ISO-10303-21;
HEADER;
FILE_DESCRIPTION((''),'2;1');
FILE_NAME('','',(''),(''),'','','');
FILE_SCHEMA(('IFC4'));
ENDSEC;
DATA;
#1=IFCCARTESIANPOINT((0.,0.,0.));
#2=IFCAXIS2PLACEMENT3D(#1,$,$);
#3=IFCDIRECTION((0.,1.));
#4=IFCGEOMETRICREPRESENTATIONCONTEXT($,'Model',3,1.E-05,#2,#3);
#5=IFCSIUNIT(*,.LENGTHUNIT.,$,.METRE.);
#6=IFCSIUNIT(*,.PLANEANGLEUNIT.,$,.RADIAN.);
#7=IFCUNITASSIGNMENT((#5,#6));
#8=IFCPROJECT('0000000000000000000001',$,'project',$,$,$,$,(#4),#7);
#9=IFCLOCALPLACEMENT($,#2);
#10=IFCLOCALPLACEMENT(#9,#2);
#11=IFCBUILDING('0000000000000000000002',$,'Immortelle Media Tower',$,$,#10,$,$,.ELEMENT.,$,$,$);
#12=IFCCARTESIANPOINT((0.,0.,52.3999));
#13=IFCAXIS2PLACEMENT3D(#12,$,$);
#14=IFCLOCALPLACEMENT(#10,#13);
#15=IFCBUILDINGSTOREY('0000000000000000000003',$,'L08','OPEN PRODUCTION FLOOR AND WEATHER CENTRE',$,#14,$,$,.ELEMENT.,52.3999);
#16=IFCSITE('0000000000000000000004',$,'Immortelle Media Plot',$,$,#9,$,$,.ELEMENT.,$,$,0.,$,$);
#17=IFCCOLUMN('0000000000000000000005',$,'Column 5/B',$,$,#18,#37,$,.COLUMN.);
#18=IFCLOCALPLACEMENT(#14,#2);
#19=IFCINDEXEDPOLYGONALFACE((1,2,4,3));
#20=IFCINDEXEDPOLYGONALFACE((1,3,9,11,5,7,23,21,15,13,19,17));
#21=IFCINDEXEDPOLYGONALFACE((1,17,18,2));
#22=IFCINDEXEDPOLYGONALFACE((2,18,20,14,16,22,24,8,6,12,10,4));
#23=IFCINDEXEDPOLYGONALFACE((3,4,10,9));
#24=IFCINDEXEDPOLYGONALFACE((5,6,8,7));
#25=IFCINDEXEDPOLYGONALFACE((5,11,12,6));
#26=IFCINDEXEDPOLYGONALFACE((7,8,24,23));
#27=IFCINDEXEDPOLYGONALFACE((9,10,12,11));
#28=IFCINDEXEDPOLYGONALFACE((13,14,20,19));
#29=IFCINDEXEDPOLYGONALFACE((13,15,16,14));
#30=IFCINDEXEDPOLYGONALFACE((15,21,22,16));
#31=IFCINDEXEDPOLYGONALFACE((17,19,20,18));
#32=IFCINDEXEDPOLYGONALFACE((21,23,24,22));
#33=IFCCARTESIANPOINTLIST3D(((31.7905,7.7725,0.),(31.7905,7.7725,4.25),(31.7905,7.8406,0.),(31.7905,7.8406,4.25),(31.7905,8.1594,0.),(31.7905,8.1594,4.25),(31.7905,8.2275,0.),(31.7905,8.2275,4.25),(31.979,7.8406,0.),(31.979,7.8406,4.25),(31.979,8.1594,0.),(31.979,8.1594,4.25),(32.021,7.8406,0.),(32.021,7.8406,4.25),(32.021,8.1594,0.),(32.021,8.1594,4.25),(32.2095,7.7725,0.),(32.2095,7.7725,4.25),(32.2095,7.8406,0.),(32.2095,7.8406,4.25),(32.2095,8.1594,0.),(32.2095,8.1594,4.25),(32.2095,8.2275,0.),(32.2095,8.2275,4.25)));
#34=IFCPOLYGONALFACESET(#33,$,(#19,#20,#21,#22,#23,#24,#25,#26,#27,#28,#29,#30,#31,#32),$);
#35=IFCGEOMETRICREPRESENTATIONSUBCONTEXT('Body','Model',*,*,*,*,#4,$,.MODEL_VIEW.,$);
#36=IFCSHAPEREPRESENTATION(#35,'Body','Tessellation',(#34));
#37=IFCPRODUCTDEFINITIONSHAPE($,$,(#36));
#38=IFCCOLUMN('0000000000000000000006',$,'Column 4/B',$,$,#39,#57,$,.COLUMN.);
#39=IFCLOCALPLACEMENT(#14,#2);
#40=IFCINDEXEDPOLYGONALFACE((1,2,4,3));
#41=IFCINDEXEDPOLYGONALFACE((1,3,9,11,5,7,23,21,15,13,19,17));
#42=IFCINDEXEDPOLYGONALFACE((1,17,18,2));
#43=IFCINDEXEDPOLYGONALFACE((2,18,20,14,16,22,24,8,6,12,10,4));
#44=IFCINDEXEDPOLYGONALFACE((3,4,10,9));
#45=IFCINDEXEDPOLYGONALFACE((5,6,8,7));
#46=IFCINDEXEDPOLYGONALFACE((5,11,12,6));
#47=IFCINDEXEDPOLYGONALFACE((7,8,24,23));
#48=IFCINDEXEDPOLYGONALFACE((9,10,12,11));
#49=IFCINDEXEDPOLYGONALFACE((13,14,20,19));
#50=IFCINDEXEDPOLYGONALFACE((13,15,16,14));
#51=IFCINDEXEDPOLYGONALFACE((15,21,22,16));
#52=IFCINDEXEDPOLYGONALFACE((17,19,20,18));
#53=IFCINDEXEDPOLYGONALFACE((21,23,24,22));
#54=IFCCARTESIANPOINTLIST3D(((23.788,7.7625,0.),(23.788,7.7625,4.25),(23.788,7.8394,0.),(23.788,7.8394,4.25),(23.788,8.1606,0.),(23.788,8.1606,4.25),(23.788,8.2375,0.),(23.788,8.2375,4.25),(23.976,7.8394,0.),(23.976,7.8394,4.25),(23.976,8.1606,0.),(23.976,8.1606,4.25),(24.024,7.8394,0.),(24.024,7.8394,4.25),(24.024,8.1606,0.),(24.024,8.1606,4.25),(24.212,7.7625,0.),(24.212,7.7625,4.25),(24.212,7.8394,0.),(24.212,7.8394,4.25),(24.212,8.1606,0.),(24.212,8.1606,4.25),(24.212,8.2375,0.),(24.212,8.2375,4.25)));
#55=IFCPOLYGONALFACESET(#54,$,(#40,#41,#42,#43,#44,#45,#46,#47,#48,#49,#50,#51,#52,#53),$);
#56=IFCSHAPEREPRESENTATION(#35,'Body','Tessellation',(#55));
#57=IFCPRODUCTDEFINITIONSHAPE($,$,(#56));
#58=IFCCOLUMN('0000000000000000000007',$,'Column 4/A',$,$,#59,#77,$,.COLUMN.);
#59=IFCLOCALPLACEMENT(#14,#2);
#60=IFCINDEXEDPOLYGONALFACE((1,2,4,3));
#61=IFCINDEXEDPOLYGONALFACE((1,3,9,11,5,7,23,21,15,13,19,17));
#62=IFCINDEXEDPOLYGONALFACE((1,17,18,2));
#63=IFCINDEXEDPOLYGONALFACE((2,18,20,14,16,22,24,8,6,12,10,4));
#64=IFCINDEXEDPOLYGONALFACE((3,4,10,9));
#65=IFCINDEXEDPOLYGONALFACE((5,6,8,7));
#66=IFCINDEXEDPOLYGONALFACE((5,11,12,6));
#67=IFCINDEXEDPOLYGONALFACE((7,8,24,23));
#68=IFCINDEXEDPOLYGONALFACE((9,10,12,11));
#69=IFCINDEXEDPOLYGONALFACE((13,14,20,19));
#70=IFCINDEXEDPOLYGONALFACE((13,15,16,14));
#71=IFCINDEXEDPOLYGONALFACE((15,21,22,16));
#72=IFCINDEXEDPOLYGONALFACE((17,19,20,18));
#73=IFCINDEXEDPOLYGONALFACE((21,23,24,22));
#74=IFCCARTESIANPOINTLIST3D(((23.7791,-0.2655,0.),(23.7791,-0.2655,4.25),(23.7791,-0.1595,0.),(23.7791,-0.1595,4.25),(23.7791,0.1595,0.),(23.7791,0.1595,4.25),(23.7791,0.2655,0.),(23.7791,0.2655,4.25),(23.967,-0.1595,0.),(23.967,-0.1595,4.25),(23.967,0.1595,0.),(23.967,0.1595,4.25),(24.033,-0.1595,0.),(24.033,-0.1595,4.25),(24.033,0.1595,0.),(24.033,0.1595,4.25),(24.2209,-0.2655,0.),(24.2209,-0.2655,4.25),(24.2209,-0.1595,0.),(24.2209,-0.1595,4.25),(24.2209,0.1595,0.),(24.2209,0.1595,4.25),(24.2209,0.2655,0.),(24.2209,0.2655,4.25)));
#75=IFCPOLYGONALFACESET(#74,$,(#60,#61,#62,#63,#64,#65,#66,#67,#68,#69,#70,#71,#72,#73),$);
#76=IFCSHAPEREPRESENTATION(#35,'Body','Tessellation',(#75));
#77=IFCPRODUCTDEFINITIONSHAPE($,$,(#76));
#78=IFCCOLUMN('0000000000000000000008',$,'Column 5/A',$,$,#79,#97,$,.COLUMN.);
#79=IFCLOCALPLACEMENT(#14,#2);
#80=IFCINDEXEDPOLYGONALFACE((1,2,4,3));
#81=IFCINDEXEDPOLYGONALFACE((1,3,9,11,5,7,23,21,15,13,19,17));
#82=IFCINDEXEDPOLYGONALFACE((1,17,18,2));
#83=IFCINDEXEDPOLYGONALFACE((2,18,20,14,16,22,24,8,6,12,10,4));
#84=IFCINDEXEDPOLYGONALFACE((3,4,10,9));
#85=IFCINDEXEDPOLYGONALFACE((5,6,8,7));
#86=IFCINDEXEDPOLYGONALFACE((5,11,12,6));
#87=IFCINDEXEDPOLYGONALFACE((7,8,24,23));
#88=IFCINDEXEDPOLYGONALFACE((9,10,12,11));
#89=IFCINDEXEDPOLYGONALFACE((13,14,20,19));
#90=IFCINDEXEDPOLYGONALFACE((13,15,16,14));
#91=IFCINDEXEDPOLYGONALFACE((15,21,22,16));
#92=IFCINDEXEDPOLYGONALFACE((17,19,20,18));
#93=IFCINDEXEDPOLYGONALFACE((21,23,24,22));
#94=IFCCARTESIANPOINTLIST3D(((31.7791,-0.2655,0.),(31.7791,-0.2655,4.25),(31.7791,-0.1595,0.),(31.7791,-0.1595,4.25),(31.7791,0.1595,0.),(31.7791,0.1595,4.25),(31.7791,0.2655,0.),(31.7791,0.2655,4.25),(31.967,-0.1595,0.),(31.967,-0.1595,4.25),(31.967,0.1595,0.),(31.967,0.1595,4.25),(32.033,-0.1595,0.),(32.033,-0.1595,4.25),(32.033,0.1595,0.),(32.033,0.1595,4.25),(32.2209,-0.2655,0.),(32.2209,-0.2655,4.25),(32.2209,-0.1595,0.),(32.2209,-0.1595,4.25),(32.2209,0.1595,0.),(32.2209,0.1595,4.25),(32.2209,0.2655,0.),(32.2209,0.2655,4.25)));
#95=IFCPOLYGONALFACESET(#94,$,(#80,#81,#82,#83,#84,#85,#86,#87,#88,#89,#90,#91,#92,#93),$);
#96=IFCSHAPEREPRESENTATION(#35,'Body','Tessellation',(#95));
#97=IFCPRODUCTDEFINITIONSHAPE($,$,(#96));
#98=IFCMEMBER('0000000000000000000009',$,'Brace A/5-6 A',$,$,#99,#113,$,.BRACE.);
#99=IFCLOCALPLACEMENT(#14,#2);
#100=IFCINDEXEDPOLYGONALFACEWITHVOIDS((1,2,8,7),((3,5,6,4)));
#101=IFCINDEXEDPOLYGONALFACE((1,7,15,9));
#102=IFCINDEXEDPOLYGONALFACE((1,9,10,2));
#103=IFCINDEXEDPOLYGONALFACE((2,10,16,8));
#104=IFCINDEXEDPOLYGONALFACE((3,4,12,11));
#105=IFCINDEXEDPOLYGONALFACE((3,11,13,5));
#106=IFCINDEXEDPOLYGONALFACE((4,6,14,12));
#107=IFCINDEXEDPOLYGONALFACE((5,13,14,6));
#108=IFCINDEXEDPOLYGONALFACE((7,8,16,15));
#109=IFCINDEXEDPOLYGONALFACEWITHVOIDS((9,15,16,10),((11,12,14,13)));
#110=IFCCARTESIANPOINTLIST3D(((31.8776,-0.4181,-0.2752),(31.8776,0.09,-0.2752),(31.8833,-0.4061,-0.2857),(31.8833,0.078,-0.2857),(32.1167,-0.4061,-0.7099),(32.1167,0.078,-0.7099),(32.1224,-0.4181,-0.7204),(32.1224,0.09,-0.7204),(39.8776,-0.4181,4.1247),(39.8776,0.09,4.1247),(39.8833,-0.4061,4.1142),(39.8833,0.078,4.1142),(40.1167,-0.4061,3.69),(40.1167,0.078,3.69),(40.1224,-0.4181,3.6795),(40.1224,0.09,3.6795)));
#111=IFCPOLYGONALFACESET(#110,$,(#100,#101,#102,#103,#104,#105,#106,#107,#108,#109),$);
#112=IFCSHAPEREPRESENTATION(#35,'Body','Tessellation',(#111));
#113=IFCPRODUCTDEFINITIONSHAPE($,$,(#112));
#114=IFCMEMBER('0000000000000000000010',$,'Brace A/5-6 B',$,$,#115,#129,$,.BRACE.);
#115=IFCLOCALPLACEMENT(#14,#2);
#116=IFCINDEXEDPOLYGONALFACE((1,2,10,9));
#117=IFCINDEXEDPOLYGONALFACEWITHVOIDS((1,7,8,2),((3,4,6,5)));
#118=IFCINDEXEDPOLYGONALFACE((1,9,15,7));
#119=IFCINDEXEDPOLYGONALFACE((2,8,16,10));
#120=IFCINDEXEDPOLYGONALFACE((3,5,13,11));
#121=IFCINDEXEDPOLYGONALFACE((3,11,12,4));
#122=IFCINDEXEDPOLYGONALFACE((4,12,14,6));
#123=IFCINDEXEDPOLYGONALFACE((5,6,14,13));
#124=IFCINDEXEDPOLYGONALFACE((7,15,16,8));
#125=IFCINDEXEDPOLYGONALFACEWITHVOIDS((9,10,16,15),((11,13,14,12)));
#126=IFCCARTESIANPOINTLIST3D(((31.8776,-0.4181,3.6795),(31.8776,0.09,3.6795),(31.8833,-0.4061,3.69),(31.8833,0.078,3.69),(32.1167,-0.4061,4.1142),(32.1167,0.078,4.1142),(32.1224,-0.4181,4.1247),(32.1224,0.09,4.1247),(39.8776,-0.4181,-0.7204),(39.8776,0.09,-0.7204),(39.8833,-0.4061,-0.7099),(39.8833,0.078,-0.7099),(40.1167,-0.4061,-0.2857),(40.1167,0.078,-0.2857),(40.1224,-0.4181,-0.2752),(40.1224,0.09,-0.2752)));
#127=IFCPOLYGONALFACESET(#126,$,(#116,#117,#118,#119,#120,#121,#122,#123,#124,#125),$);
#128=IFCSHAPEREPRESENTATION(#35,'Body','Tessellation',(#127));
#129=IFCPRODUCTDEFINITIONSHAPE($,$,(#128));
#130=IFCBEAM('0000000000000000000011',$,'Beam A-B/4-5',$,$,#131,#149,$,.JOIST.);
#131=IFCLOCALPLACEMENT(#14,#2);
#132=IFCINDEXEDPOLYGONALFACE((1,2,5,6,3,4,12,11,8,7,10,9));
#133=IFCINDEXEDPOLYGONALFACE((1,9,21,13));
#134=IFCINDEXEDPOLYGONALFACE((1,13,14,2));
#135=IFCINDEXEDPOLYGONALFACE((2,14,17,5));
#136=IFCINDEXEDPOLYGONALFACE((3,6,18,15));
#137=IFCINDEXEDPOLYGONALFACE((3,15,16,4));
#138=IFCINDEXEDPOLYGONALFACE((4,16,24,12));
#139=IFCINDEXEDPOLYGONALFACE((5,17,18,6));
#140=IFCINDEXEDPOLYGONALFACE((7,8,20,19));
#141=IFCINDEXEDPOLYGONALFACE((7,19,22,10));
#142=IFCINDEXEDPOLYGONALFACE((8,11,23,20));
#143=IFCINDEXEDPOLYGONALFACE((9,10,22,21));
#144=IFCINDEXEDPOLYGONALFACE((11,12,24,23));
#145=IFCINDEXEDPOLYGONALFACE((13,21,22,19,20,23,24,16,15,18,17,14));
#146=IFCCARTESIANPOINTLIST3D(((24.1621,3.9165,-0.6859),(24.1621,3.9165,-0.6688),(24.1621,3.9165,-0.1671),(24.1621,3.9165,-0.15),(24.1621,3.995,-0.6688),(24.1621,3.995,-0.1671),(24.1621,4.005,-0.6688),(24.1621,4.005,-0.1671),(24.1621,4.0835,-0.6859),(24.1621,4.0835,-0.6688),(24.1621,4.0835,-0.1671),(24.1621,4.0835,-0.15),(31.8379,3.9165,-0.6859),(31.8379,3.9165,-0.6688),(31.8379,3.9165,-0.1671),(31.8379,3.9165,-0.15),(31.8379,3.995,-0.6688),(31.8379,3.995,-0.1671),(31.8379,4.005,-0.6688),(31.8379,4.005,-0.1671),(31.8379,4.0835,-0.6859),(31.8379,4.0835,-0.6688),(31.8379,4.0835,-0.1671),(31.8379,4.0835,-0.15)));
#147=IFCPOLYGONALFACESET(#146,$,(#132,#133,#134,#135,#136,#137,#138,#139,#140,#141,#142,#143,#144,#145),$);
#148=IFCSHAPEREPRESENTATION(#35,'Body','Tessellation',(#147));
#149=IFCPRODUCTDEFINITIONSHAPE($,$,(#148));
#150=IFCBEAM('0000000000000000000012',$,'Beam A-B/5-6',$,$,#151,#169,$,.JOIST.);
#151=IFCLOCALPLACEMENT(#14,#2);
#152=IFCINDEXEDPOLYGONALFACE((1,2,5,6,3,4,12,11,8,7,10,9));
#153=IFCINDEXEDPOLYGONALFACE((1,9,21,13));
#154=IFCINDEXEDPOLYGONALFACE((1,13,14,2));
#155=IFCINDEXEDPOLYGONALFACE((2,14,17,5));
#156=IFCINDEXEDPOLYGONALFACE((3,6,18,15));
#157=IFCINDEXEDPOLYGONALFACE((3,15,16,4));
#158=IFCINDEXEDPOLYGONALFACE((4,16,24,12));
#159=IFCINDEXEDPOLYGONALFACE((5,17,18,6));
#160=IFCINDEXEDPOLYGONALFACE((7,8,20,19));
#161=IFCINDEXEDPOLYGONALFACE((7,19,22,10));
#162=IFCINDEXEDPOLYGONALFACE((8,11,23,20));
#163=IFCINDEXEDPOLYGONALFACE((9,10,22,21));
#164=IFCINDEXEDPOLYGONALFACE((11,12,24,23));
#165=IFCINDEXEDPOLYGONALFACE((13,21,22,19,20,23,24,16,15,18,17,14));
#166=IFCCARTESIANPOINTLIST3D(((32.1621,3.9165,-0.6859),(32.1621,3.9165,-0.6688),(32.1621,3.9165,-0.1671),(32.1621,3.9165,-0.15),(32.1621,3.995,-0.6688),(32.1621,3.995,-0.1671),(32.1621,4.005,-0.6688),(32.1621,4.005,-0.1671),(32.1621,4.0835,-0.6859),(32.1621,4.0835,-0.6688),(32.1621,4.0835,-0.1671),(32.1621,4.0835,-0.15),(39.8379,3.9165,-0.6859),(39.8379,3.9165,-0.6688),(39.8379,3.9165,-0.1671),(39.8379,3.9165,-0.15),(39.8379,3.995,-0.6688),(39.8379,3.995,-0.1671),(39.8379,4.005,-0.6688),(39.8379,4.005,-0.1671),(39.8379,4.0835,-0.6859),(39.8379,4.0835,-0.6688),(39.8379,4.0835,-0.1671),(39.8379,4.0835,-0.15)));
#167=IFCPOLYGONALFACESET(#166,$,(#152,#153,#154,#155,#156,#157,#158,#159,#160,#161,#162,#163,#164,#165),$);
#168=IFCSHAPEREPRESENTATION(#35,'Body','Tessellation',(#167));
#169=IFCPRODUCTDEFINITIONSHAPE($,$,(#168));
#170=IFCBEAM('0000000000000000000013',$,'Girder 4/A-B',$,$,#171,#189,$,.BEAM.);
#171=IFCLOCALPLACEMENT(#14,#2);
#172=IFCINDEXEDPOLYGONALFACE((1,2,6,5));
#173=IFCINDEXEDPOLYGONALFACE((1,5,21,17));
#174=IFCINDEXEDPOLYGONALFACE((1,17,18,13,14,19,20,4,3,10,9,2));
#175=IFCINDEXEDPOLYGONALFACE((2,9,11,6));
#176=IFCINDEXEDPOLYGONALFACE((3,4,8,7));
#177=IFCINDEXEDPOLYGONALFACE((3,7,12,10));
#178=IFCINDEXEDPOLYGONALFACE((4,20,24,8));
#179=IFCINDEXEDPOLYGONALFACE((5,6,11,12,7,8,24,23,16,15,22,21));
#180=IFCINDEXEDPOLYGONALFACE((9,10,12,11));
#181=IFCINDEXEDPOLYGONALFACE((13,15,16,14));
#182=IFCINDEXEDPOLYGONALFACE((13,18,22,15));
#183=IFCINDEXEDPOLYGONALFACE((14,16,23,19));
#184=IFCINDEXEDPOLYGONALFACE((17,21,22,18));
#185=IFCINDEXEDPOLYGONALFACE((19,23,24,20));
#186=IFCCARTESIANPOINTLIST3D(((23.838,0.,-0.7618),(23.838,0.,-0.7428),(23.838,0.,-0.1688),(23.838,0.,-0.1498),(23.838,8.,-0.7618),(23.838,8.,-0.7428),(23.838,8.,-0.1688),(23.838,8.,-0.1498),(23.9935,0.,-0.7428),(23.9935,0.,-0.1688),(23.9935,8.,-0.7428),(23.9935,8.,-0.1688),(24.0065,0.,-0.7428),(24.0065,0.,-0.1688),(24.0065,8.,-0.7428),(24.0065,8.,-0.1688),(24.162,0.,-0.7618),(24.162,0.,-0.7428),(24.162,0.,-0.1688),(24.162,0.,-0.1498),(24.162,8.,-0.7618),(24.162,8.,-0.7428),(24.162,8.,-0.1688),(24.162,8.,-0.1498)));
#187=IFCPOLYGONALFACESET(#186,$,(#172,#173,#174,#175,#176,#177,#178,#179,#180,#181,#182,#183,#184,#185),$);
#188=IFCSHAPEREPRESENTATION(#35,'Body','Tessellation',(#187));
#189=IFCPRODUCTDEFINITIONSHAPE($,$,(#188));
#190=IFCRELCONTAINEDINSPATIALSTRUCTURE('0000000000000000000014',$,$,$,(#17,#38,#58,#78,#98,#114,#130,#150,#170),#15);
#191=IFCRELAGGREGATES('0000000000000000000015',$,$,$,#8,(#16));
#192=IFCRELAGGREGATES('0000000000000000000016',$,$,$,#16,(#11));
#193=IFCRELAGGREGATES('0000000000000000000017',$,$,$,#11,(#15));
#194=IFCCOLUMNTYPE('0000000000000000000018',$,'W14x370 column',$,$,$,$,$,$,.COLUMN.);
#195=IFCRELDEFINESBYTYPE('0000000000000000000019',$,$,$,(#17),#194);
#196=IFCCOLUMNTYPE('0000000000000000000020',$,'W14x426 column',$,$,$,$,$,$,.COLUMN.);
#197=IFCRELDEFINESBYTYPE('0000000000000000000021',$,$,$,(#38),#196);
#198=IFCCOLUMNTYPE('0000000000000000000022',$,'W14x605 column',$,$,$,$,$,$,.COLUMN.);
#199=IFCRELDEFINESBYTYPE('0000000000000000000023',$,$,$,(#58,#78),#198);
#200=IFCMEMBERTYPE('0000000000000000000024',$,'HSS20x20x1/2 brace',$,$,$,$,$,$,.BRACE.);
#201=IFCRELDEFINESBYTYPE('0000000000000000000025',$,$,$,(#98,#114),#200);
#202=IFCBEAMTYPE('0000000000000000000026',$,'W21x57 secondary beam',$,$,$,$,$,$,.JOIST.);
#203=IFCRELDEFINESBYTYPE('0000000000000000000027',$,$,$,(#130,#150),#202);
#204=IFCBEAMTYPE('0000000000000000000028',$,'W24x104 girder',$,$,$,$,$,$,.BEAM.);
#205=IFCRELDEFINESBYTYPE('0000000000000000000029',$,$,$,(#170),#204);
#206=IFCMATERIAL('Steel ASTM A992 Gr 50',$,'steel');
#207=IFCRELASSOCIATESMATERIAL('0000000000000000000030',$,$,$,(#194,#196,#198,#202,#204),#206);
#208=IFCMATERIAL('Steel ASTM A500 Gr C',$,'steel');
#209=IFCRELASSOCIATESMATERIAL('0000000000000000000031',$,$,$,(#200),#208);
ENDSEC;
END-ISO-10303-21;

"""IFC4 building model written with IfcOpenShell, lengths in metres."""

from ifc_helpers import new_model, si_unit, direction, frame, origin, origin_2d, place, context, subcontext, project, spatial, hollow_rectangle, i_section, extrude, material, material_profile, profile_set, type_object, element, save


model = new_model("IFC4")

# Units and contexts
model_context = context("Model", 3, precision=1e-05, world=origin(), true_north=direction((0.0, 1.0)))
body_context = subcontext(model_context, "Body", "Model", "MODEL_VIEW")
ifc_project = project(units=[si_unit("LENGTHUNIT", "METRE"), si_unit("PLANEANGLEUNIT", "RADIAN")], contexts=[model_context])

# Site, building, storey
site_placement = place(None, origin())
site = spatial("IfcSite", under=ifc_project, at=site_placement, Name="Immortelle Media Plot", CompositionType="ELEMENT", RefElevation=0.0)
building_placement = place(site_placement, origin())
building = spatial("IfcBuilding", under=site, at=building_placement, Name="Immortelle Media Tower", CompositionType="ELEMENT")
storey_placement = place(building_placement, frame((0.0, 0.0, 52.3999)))
storey = spatial("IfcBuildingStorey", under=building, at=storey_placement, Name="L08", Description="OPEN PRODUCTION FLOOR AND WEATHER CENTRE", CompositionType="ELEMENT", Elevation=52.3999)

# Columns
ifc_material_1 = material(Name="Steel ASTM A992 Gr 50", Category="steel")
ifc_material_profile_1 = material_profile(ifc_material_1, i_section(OverallWidth=0.4189, OverallDepth=0.4551, WebThickness=0.042, FlangeThickness=0.0681, at=origin_2d()), Name="W14x370")
ifc_profile_set_1 = profile_set([ifc_material_profile_1], Name="Steel ASTM A992 Gr 50")
column_type_1 = type_object("IfcColumnType", Name="W14x370 column", PredefinedType="COLUMN", material=ifc_profile_set_1)
column_1_placement = place(storey_placement, frame((32.0, 8.0, 0.0), z_axis=(0.0, 0.0, 1.0), x_axis=(1.0, 0.0, 0.0)))
element("IfcColumn", 1, at=column_1_placement, inside=storey, type_object=column_type_1, Name="Column 5/B", PredefinedType="COLUMN", context=body_context, shape_type="SweptSolid", body=[
    extrude(i_section(OverallWidth=0.4189, OverallDepth=0.4551, WebThickness=0.042, FlangeThickness=0.0681, at=origin_2d()), origin(), (0.0, 0.0, 1.0), 4.25),
])
ifc_material_profile_2 = material_profile(ifc_material_1, i_section(OverallWidth=0.4241, OverallDepth=0.4751, WebThickness=0.0481, FlangeThickness=0.0769, at=origin_2d()), Name="W14x426")
ifc_profile_set_2 = profile_set([ifc_material_profile_2], Name="Steel ASTM A992 Gr 50")
column_type_2 = type_object("IfcColumnType", Name="W14x426 column", PredefinedType="COLUMN", material=ifc_profile_set_2)
column_2_placement = place(storey_placement, frame((24.0, 8.0, 0.0), z_axis=(0.0, 0.0, 1.0), x_axis=(1.0, 0.0, 0.0)))
element("IfcColumn", 2, at=column_2_placement, inside=storey, type_object=column_type_2, Name="Column 4/B", PredefinedType="COLUMN", context=body_context, shape_type="SweptSolid", body=[
    extrude(i_section(OverallWidth=0.4241, OverallDepth=0.4751, WebThickness=0.0481, FlangeThickness=0.0769, at=origin_2d()), origin(), (0.0, 0.0, 1.0), 4.25),
])
ifc_material_profile_3 = material_profile(ifc_material_1, i_section(OverallWidth=0.4419, OverallDepth=0.531, WebThickness=0.0659, FlangeThickness=0.106, at=origin_2d()), Name="W14x605")
ifc_profile_set_3 = profile_set([ifc_material_profile_3], Name="Steel ASTM A992 Gr 50")
column_type_3 = type_object("IfcColumnType", Name="W14x605 column", PredefinedType="COLUMN", material=ifc_profile_set_3)
for number, where, z_axis, x_axis, name in (
    (3, (24.0, 0.0, 0.0), (0.0, 0.0, 1.0), (1.0, 0.0, 0.0), "Column 4/A"),
    (4, (32.0, 0.0, 0.0), (0.0, 0.0, 1.0), (1.0, 0.0, 0.0), "Column 5/A"),
):
    element("IfcColumn", number, at=place(storey_placement, frame(where, z_axis=z_axis, x_axis=x_axis)), inside=storey, type_object=column_type_3, Name=name, PredefinedType="COLUMN", context=body_context, shape_type="SweptSolid", body=[
        extrude(i_section(OverallWidth=0.4419, OverallDepth=0.531, WebThickness=0.0659, FlangeThickness=0.106, at=origin_2d()), origin(), (0.0, 0.0, 1.0), 4.25),
    ])

# Members
ifc_material_2 = material(Name="Steel ASTM A500 Gr C", Category="steel")
ifc_material_profile_4 = material_profile(ifc_material_2, hollow_rectangle(XDim=0.5081, YDim=0.5081, WallThickness=0.012, at=origin_2d()), Name="HSS20x20x1/2 brace")
ifc_profile_set_4 = profile_set([ifc_material_profile_4], Name="Steel ASTM A500 Gr C")
member_type = type_object("IfcMemberType", Name="HSS20x20x1/2 brace", PredefinedType="BRACE", material=ifc_profile_set_4)
for number, where, z_axis, x_axis, name in (
    (5, (32.0, -0.1641, -0.4978), (0.87622, 0.0, 0.481911), (0.0, 1.0, 0.0), "Brace A/5-6 A"),
    (6, (32.0, -0.1641, 3.9021), (0.87622, 0.0, -0.481911), (0.0, 1.0, 0.0), "Brace A/5-6 B"),
):
    element("IfcMember", number, at=place(storey_placement, frame(where, z_axis=z_axis, x_axis=x_axis)), inside=storey, type_object=member_type, Name=name, PredefinedType="BRACE", context=body_context, shape_type="SweptSolid", body=[
        extrude(hollow_rectangle(XDim=0.5081, YDim=0.5081, WallThickness=0.012, at=origin_2d()), origin(), (0.0, 0.0, 1.0), 9.1301),
    ])

# Beams
ifc_material_profile_5 = material_profile(ifc_material_1, i_section(OverallWidth=0.167, OverallDepth=0.5359, WebThickness=0.01, FlangeThickness=0.0171, at=origin_2d()), Name="W21x57")
ifc_profile_set_5 = profile_set([ifc_material_profile_5], Name="Steel ASTM A992 Gr 50")
beam_type_1 = type_object("IfcBeamType", Name="W21x57 secondary beam", PredefinedType="JOIST", material=ifc_profile_set_5)
for number, where, z_axis, x_axis, name in (
    (7, (24.1621, 4.0, -0.418), (1.0, 0.0, 0.0), (0.0, 1.0, 0.0), "Beam A-B/4-5"),
    (8, (32.1621, 4.0, -0.418), (1.0, 0.0, 0.0), (0.0, 1.0, 0.0), "Beam A-B/5-6"),
):
    element("IfcBeam", number, at=place(storey_placement, frame(where, z_axis=z_axis, x_axis=x_axis)), inside=storey, type_object=beam_type_1, Name=name, PredefinedType="JOIST", context=body_context, shape_type="SweptSolid", body=[
        extrude(i_section(OverallWidth=0.167, OverallDepth=0.5359, WebThickness=0.01, FlangeThickness=0.0171, at=origin_2d()), origin(), (0.0, 0.0, 1.0), 7.6758),
    ])
ifc_material_profile_6 = material_profile(ifc_material_1, i_section(OverallWidth=0.324, OverallDepth=0.6121, WebThickness=0.0129, FlangeThickness=0.019, at=origin_2d()), Name="W24x104")
ifc_profile_set_6 = profile_set([ifc_material_profile_6], Name="Steel ASTM A992 Gr 50")
beam_type_2 = type_object("IfcBeamType", Name="W24x104 girder", PredefinedType="BEAM", material=ifc_profile_set_6)
for number, where, z_axis, x_axis, name in (
    (9, (24.0, 0.0, -0.4558), (0.0, 1.0, 0.0), (-1.0, 0.0, 0.0), "Girder 4/A-B"),
):
    element("IfcBeam", number, at=place(storey_placement, frame(where, z_axis=z_axis, x_axis=x_axis)), inside=storey, type_object=beam_type_2, Name=name, PredefinedType="BEAM", context=body_context, shape_type="SweptSolid", body=[
        extrude(i_section(OverallWidth=0.324, OverallDepth=0.6121, WebThickness=0.0129, FlangeThickness=0.019, at=origin_2d()), origin(), (0.0, 0.0, 1.0), 8.0),
    ])

save(model, "model.ifc")
